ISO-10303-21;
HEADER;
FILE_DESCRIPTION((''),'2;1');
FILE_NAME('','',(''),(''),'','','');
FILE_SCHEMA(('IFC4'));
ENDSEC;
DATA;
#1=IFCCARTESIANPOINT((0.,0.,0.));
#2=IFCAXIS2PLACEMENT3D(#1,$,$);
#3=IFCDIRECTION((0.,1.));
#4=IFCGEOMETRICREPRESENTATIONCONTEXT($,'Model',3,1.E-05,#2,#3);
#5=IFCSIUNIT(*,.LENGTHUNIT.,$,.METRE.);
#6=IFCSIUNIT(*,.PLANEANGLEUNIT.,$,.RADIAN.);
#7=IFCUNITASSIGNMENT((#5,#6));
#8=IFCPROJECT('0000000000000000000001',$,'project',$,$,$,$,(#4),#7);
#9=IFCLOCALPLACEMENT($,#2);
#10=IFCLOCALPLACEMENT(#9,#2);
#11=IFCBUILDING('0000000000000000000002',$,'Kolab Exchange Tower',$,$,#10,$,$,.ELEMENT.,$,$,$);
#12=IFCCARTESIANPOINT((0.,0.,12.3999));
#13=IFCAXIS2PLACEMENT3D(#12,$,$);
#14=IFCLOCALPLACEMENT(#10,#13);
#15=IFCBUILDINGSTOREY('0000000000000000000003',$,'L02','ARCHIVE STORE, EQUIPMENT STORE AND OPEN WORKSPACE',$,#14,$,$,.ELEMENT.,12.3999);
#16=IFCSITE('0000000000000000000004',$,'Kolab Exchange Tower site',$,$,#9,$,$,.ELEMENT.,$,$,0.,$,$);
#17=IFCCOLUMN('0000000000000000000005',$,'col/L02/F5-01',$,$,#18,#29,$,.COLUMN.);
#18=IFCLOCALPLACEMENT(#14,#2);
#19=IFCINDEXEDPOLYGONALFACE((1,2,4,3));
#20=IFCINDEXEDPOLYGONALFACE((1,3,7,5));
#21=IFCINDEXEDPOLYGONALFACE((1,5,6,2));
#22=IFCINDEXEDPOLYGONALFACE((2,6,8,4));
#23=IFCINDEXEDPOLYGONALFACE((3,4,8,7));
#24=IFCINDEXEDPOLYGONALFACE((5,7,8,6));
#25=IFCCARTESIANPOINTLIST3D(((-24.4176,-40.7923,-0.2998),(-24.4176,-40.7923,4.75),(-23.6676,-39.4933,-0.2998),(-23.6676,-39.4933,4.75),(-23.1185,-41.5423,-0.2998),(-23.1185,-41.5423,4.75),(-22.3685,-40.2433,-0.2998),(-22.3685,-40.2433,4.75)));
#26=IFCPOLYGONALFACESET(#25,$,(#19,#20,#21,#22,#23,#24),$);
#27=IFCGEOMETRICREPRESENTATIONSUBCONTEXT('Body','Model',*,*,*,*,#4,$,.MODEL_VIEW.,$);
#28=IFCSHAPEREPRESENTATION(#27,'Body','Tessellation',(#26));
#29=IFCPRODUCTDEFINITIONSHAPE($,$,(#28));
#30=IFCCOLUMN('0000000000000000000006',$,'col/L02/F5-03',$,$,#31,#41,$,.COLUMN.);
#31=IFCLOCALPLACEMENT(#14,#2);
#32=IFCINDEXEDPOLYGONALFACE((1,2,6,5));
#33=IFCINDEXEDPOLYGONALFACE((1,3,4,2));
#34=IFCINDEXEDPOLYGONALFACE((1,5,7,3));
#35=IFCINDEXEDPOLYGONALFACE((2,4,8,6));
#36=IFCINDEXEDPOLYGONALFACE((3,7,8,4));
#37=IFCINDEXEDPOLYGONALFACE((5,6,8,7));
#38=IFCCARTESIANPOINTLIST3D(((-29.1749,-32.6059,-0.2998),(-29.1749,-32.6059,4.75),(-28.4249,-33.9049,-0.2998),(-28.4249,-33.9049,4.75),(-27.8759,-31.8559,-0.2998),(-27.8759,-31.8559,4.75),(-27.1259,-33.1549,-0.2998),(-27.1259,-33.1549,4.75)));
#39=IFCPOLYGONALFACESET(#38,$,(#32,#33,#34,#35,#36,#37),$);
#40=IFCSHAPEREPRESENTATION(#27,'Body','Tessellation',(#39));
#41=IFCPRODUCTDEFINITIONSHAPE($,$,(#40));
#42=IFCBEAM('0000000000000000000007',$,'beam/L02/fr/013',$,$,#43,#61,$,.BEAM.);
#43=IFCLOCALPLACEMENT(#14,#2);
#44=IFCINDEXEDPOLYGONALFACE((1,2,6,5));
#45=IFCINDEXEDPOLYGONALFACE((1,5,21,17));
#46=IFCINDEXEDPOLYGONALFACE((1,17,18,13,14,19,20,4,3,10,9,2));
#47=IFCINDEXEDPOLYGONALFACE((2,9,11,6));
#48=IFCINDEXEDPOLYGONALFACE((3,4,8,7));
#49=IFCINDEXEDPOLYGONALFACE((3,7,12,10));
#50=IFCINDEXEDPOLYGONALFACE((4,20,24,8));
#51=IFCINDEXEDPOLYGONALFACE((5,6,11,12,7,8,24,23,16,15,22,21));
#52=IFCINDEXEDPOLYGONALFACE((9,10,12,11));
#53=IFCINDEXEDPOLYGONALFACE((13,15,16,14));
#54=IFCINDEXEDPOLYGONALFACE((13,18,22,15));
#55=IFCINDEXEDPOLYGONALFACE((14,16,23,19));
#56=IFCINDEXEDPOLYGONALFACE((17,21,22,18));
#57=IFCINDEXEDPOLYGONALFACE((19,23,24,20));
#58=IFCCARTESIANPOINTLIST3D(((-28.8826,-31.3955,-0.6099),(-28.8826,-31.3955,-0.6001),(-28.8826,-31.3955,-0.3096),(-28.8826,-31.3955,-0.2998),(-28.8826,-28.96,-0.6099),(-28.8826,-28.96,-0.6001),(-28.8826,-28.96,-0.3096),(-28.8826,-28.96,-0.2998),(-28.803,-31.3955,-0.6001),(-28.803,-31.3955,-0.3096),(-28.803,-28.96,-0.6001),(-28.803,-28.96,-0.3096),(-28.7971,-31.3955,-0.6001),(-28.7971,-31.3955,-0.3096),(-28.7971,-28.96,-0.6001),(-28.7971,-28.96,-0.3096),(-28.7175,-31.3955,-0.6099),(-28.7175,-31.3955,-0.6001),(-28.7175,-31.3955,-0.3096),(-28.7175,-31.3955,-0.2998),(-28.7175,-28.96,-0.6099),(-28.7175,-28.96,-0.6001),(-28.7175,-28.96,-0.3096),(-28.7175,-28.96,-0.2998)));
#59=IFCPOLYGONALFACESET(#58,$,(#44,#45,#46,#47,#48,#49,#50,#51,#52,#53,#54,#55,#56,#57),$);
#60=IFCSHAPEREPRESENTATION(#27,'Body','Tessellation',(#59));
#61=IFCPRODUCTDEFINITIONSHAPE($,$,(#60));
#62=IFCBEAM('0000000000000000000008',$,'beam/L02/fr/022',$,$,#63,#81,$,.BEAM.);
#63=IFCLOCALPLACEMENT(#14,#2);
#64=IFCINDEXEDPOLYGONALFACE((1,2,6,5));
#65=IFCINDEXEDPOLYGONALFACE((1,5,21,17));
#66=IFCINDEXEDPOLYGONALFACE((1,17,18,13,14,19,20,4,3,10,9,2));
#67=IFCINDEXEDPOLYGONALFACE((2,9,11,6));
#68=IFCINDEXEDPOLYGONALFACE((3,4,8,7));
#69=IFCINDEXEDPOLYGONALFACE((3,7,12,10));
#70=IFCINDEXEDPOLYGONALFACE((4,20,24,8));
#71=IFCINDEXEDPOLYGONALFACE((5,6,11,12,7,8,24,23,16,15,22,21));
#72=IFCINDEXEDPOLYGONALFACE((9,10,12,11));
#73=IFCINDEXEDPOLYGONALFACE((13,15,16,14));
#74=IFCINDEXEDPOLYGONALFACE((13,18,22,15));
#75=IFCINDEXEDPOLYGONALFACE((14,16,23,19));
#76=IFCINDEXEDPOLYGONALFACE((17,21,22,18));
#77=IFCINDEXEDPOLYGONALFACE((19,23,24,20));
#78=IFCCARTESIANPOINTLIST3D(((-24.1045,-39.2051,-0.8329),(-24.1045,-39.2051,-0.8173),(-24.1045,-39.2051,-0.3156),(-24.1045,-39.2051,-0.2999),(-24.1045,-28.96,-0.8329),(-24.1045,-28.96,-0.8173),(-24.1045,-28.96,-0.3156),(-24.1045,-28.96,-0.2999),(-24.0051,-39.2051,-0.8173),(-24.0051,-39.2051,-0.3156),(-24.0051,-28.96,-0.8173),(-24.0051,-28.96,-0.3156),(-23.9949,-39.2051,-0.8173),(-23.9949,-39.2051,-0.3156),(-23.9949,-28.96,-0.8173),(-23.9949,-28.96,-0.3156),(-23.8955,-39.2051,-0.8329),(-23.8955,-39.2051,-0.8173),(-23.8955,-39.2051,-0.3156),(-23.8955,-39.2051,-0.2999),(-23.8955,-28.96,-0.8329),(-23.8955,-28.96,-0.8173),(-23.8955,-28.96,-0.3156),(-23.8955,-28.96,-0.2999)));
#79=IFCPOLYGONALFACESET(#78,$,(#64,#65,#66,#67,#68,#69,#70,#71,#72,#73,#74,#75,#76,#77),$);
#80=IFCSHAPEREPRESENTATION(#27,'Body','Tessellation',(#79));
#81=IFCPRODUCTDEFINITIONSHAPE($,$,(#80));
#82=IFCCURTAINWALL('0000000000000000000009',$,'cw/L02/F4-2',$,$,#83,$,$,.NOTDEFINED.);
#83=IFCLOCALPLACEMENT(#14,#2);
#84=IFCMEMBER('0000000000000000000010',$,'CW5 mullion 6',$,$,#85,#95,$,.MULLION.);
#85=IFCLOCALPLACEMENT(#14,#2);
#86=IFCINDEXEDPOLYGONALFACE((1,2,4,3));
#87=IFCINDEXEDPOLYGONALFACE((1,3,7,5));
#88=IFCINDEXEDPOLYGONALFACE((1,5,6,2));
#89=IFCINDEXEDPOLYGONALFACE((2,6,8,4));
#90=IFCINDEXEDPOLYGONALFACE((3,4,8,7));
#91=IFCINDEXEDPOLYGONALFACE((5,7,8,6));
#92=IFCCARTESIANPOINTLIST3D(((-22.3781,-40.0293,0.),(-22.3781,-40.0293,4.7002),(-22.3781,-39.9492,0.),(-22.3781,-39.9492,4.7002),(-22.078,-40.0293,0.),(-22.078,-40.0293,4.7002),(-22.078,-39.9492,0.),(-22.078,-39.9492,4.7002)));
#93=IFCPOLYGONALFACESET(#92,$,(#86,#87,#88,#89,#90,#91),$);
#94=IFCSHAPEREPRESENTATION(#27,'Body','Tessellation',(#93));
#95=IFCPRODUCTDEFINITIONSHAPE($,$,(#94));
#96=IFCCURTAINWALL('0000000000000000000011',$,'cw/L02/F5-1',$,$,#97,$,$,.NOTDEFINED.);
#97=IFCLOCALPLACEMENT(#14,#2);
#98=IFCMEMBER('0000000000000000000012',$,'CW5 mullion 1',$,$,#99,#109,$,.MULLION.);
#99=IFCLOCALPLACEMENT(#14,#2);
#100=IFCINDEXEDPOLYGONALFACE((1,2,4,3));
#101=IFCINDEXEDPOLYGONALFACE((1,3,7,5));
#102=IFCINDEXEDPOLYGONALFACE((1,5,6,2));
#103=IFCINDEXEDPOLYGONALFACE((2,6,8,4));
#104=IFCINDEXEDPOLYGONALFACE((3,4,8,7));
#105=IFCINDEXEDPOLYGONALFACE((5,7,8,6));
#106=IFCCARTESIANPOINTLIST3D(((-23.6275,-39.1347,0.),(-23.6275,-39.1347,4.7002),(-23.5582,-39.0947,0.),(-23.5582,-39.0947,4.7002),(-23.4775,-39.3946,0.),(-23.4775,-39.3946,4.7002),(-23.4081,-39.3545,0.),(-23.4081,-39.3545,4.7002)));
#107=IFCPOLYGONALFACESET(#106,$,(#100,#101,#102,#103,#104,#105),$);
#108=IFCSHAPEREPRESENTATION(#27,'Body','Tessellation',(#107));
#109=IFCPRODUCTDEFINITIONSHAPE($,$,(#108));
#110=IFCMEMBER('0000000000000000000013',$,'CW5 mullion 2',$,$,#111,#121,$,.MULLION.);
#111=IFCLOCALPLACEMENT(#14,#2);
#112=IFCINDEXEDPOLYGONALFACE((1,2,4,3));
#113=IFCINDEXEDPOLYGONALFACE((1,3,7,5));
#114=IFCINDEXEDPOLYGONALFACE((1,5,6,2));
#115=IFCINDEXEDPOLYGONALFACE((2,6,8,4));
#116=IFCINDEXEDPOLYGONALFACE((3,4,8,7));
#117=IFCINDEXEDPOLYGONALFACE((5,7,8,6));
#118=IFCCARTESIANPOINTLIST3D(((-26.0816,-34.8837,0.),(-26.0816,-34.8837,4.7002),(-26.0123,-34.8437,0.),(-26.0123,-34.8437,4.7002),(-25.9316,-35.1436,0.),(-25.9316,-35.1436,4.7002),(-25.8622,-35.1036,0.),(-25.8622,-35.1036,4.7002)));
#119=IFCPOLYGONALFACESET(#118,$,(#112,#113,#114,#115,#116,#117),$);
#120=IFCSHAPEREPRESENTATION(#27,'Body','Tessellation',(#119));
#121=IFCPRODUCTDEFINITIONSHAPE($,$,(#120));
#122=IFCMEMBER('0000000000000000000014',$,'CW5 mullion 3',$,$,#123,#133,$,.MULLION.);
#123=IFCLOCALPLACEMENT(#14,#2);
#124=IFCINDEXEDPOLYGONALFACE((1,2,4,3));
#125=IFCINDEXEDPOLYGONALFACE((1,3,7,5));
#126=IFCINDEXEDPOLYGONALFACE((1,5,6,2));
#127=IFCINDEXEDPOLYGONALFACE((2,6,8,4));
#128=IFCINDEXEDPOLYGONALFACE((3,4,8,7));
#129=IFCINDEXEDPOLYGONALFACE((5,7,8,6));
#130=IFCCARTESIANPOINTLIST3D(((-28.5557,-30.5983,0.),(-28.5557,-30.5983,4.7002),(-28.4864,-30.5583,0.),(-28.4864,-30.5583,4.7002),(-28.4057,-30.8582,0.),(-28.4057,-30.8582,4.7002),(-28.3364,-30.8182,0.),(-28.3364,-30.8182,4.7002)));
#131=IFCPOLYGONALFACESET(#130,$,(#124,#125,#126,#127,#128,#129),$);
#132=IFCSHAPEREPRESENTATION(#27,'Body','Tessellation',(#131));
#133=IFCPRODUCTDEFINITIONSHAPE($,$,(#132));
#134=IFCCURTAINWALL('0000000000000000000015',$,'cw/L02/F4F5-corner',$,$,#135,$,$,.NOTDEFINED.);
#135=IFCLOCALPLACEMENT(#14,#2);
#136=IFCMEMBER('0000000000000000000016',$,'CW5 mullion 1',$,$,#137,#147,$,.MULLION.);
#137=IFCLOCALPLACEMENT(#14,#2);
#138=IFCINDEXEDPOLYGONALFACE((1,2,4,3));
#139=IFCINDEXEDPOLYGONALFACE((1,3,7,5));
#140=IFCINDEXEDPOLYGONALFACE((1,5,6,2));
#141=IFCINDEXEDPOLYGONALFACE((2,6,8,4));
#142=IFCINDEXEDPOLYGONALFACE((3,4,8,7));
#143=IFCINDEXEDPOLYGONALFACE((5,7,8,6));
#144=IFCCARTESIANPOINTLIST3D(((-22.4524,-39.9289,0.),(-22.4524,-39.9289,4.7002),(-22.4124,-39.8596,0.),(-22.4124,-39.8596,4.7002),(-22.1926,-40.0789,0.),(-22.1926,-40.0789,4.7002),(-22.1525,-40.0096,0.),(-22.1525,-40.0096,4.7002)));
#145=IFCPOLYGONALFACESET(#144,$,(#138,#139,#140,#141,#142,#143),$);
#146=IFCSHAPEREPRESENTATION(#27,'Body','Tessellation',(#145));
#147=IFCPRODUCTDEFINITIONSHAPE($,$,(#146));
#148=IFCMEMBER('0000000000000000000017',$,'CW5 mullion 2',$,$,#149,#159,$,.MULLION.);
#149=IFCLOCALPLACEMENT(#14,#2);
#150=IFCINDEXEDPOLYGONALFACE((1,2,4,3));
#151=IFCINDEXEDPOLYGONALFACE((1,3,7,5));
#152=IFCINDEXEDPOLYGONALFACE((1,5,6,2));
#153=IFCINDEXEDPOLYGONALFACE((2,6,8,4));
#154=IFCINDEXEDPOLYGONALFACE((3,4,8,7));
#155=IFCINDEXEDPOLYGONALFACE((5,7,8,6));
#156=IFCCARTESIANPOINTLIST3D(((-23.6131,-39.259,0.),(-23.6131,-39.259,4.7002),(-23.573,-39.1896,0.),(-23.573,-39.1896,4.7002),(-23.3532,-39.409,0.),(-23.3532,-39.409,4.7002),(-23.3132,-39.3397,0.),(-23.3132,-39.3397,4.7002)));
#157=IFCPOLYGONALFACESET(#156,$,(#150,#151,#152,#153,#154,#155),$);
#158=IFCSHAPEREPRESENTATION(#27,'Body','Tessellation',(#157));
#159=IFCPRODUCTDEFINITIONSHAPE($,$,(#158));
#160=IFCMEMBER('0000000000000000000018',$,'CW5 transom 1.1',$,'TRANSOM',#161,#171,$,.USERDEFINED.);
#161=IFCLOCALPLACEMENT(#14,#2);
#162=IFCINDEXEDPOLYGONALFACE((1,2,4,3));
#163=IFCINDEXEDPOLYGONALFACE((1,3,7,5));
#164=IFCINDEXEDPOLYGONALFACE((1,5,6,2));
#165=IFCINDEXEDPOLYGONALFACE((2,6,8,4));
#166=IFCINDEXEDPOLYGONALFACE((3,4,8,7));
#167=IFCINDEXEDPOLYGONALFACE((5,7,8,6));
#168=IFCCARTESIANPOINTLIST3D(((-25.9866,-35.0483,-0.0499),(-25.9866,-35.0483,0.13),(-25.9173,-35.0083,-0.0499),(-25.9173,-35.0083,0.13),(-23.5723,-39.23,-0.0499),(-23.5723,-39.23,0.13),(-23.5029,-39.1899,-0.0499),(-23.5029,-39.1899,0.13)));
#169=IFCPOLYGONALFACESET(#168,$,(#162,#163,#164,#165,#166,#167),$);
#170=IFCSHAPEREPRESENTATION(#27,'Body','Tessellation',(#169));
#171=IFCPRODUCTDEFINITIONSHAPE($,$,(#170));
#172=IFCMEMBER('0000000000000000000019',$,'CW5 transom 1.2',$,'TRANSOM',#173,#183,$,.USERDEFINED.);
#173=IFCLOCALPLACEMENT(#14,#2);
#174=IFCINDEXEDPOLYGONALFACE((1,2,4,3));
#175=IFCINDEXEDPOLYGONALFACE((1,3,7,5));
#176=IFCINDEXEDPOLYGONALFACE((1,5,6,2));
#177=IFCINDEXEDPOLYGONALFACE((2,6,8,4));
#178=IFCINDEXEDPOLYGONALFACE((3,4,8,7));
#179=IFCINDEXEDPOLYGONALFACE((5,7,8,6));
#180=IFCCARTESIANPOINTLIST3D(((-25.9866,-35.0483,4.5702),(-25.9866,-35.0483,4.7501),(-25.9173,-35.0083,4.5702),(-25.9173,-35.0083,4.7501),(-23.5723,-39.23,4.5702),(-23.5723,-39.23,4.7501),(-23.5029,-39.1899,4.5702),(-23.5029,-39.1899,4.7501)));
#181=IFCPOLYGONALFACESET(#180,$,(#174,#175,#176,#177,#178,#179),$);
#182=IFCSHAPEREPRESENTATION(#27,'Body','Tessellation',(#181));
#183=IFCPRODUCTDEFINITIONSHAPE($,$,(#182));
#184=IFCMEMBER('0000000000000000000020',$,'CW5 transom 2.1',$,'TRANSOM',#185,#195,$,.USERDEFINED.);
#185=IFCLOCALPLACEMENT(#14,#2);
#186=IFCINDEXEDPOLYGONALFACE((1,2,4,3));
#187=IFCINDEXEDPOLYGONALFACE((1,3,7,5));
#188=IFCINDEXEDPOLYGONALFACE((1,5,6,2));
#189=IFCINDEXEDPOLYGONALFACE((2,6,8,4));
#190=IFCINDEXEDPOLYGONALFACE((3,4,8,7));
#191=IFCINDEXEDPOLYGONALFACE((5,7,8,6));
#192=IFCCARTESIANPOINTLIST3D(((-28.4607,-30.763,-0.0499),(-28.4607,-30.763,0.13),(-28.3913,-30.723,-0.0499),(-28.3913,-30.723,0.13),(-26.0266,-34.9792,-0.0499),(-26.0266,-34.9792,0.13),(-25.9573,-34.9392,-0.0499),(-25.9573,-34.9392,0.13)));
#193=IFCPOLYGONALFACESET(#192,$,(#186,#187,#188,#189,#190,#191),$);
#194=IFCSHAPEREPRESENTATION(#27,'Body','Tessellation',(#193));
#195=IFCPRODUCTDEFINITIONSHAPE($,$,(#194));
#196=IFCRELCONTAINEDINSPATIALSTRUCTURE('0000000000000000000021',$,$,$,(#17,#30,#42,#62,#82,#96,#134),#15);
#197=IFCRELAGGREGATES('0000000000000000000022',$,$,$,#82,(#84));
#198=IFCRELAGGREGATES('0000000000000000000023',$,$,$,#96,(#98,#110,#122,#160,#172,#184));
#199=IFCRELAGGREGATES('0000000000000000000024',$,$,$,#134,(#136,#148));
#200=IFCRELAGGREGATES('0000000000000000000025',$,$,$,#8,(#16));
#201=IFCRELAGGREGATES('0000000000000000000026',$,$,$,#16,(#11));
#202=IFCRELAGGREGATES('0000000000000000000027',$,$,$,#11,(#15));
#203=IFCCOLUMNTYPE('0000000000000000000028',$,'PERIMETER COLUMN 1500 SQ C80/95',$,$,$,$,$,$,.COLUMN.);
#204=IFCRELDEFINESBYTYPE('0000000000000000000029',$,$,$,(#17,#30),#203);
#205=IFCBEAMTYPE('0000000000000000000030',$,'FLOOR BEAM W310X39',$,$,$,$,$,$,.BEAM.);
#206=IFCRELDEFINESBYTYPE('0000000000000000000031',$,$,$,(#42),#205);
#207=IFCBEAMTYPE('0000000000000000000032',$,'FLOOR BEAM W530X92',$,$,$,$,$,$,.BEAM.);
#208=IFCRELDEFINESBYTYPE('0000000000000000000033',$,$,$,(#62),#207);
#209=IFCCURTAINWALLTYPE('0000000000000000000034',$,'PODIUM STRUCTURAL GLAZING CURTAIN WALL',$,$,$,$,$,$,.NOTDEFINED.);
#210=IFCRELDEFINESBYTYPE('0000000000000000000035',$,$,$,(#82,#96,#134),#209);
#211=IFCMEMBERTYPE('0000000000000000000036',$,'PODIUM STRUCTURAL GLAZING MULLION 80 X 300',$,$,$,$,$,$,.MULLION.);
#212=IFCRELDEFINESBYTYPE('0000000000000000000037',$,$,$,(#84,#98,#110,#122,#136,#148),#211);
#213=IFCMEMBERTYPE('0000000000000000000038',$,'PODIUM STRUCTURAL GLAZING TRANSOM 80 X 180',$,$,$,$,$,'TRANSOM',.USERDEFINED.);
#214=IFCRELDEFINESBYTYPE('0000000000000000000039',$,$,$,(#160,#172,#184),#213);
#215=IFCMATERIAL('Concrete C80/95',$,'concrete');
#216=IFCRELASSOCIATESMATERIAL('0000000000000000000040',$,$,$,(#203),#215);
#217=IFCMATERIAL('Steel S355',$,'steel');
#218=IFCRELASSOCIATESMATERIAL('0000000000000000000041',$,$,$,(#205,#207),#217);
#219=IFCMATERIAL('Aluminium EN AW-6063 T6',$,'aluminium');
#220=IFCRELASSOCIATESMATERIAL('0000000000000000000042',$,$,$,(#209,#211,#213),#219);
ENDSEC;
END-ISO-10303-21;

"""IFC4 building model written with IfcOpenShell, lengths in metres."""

from ifc_helpers import new_model, si_unit, direction, frame, origin, origin_2d, place, context, subcontext, project, spatial, rectangle, i_section, extrude, material, material_profile, profile_set, type_object, element, aggregate, save


model = new_model("IFC4")

# Units and contexts
model_context = context("Model", 3, precision=1e-05, world=origin(), true_north=direction((0.0, 1.0)))
body_context = subcontext(model_context, "Body", "Model", "MODEL_VIEW")
ifc_project = project(units=[si_unit("LENGTHUNIT", "METRE"), si_unit("PLANEANGLEUNIT", "RADIAN")], contexts=[model_context])

# Site, building, storey
site_placement = place(None, origin())
site = spatial("IfcSite", under=ifc_project, at=site_placement, Name="Kolab Exchange Tower site", CompositionType="ELEMENT", RefElevation=0.0)
building_placement = place(site_placement, origin())
building = spatial("IfcBuilding", under=site, at=building_placement, Name="Kolab Exchange Tower", CompositionType="ELEMENT")
storey_placement = place(building_placement, frame((0.0, 0.0, 12.3999)))
storey = spatial("IfcBuildingStorey", under=building, at=storey_placement, Name="L02", Description="ARCHIVE STORE, EQUIPMENT STORE AND OPEN WORKSPACE", CompositionType="ELEMENT", Elevation=12.3999)

# Columns
ifc_material_1 = material(Name="Concrete C80/95", Category="concrete")
ifc_material_profile_1 = material_profile(ifc_material_1, rectangle(XDim=1.5, YDim=1.5, at=origin_2d()), Name="RC1500")
ifc_profile_set_1 = profile_set([ifc_material_profile_1], Name="Concrete C80/95")
column_type = type_object("IfcColumnType", Name="PERIMETER COLUMN 1500 SQ C80/95", PredefinedType="COLUMN", material=ifc_profile_set_1)
for number, where, z_axis, x_axis, name in (
    (1, (-23.3931, -40.5178, -0.2998), (0.0, 0.0, 1.0), (0.5, 0.866025, 0.0), "col/L02/F5-01"),
    (2, (-28.1504, -32.8804, -0.2998), (0.0, 0.0, 1.0), (0.866025, 0.5, 0.0), "col/L02/F5-03"),
):
    element("IfcColumn", number, at=place(storey_placement, frame(where, z_axis=z_axis, x_axis=x_axis)), inside=storey, type_object=column_type, Name=name, PredefinedType="COLUMN", context=body_context, shape_type="SweptSolid", body=[
        extrude(rectangle(XDim=1.5, YDim=1.5, at=origin_2d()), origin(), (0.0, 0.0, 1.0), 5.0498),
    ])

# Beams
ifc_material_2 = material(Name="Steel S355", Category="steel")
ifc_material_profile_2 = material_profile(ifc_material_2, i_section(OverallWidth=0.165, OverallDepth=0.3101, WebThickness=0.0059, FlangeThickness=0.0098, at=origin_2d()), Name="W310X39")
ifc_profile_set_2 = profile_set([ifc_material_profile_2], Name="Steel S355")
beam_type_1 = type_object("IfcBeamType", Name="FLOOR BEAM W310X39", PredefinedType="BEAM", material=ifc_profile_set_2)
beam_1_placement = place(storey_placement, frame((-28.8, -31.3955, -0.4548), z_axis=(0.0, 1.0, 0.0), x_axis=(-1.0, 0.0, 0.0)))
element("IfcBeam", 3, at=beam_1_placement, inside=storey, type_object=beam_type_1, Name="beam/L02/fr/013", PredefinedType="BEAM", context=body_context, shape_type="SweptSolid", body=[
    extrude(i_section(OverallWidth=0.165, OverallDepth=0.3101, WebThickness=0.0059, FlangeThickness=0.0098, at=origin_2d()), origin(), (0.0, 0.0, 1.0), 2.4355),
])
ifc_material_profile_3 = material_profile(ifc_material_2, i_section(OverallWidth=0.209, OverallDepth=0.533, WebThickness=0.0103, FlangeThickness=0.0156, at=origin_2d()), Name="W530X92")
ifc_profile_set_3 = profile_set([ifc_material_profile_3], Name="Steel S355")
beam_type_2 = type_object("IfcBeamType", Name="FLOOR BEAM W530X92", PredefinedType="BEAM", material=ifc_profile_set_3)
beam_2_placement = place(storey_placement, frame((-24.0, -39.2051, -0.5664), z_axis=(0.0, 1.0, 0.0), x_axis=(-1.0, 0.0, 0.0)))
element("IfcBeam", 4, at=beam_2_placement, inside=storey, type_object=beam_type_2, Name="beam/L02/fr/022", PredefinedType="BEAM", context=body_context, shape_type="SweptSolid", body=[
    extrude(i_section(OverallWidth=0.209, OverallDepth=0.533, WebThickness=0.0103, FlangeThickness=0.0156, at=origin_2d()), origin(), (0.0, 0.0, 1.0), 10.2451),
])

# Curtain wall, member
ifc_material_3 = material(Name="Aluminium EN AW-6063 T6", Category="aluminium")
curtain_wall_type = type_object("IfcCurtainWallType", Name="PODIUM STRUCTURAL GLAZING CURTAIN WALL", PredefinedType="NOTDEFINED", material=ifc_material_3)
curtain_wall_1_placement = place(storey_placement, origin())
curtain_wall_1 = element("IfcCurtainWall", 5, at=curtain_wall_1_placement, inside=storey, type_object=curtain_wall_type, Name="cw/L02/F4-2", PredefinedType="NOTDEFINED")
ifc_material_profile_4 = material_profile(ifc_material_3, rectangle(XDim=0.0801, YDim=0.3, at=origin_2d()), Name="RECT 80X300")
ifc_profile_set_4 = profile_set([ifc_material_profile_4], Name="Aluminium EN AW-6063 T6")
member_type_1 = type_object("IfcMemberType", Name="PODIUM STRUCTURAL GLAZING MULLION 80 X 300", PredefinedType="MULLION", material=ifc_profile_set_4)
member_1_placement = place(storey_placement, frame((-22.228, -39.9893, 0.0), z_axis=(0.0, 0.0, 1.0), x_axis=(0.0, -1.0, 0.0)))
member_1 = element("IfcMember", 6, at=member_1_placement, type_object=member_type_1, Name="CW5 mullion 6", PredefinedType="MULLION", context=body_context, shape_type="SweptSolid", body=[
    extrude(rectangle(XDim=0.0801, YDim=0.3, at=origin_2d()), origin(), (0.0, 0.0, 1.0), 4.7002),
])

# Curtain walls, members
curtain_wall_2_placement = place(storey_placement, origin())
curtain_wall_2 = element("IfcCurtainWall", 7, at=curtain_wall_2_placement, inside=storey, type_object=curtain_wall_type, Name="cw/L02/F5-1", PredefinedType="NOTDEFINED")
member_2_placement = place(storey_placement, frame((-23.5178, -39.2446, 0.0), z_axis=(0.0, 0.0, 1.0), x_axis=(-0.866025, -0.5, 0.0)))
member_2 = element("IfcMember", 8, at=member_2_placement, type_object=member_type_1, Name="CW5 mullion 1", PredefinedType="MULLION", context=body_context, shape_type="SweptSolid", body=[
    extrude(rectangle(XDim=0.0801, YDim=0.3, at=origin_2d()), origin(), (0.0, 0.0, 1.0), 4.7002),
])
member_3_placement = place(storey_placement, frame((-25.9719, -34.9937, 0.0), z_axis=(0.0, 0.0, 1.0), x_axis=(-0.866025, -0.5, 0.0)))
member_3 = element("IfcMember", 9, at=member_3_placement, type_object=member_type_1, Name="CW5 mullion 2", PredefinedType="MULLION", context=body_context, shape_type="SweptSolid", body=[
    extrude(rectangle(XDim=0.0801, YDim=0.3, at=origin_2d()), origin(), (0.0, 0.0, 1.0), 4.7002),
])
member_4_placement = place(storey_placement, frame((-28.446, -30.7083, 0.0), z_axis=(0.0, 0.0, 1.0), x_axis=(-0.866025, -0.5, 0.0)))
member_4 = element("IfcMember", 10, at=member_4_placement, type_object=member_type_1, Name="CW5 mullion 3", PredefinedType="MULLION", context=body_context, shape_type="SweptSolid", body=[
    extrude(rectangle(XDim=0.0801, YDim=0.3, at=origin_2d()), origin(), (0.0, 0.0, 1.0), 4.7002),
])
curtain_wall_3_placement = place(storey_placement, origin())
curtain_wall_3 = element("IfcCurtainWall", 11, at=curtain_wall_3_placement, inside=storey, type_object=curtain_wall_type, Name="cw/L02/F4F5-corner", PredefinedType="NOTDEFINED")
member_5_placement = place(storey_placement, frame((-22.3025, -39.9692, 0.0), z_axis=(0.0, 0.0, 1.0), x_axis=(-0.5, -0.866025, 0.0)))
member_5 = element("IfcMember", 12, at=member_5_placement, type_object=member_type_1, Name="CW5 mullion 1", PredefinedType="MULLION", context=body_context, shape_type="SweptSolid", body=[
    extrude(rectangle(XDim=0.0801, YDim=0.3, at=origin_2d()), origin(), (0.0, 0.0, 1.0), 4.7002),
])
member_6_placement = place(storey_placement, frame((-23.4631, -39.2993, 0.0), z_axis=(0.0, 0.0, 1.0), x_axis=(-0.5, -0.866025, 0.0)))
member_6 = element("IfcMember", 13, at=member_6_placement, type_object=member_type_1, Name="CW5 mullion 2", PredefinedType="MULLION", context=body_context, shape_type="SweptSolid", body=[
    extrude(rectangle(XDim=0.0801, YDim=0.3, at=origin_2d()), origin(), (0.0, 0.0, 1.0), 4.7002),
])

# Members
ifc_material_profile_5 = material_profile(ifc_material_3, rectangle(XDim=0.0801, YDim=0.1799, at=origin_2d()), Name="RECT 80X180")
ifc_profile_set_5 = profile_set([ifc_material_profile_5], Name="Aluminium EN AW-6063 T6")
member_type_2 = type_object("IfcMemberType", Name="PODIUM STRUCTURAL GLAZING TRANSOM 80 X 180", ElementType="TRANSOM", PredefinedType="USERDEFINED", material=ifc_profile_set_5)
member_7_placement = place(storey_placement, frame((-23.5376, -39.21, 0.04), z_axis=(-0.500005, 0.866022, 0.0), x_axis=(-0.866022, -0.500005, 0.0)))
member_7 = element("IfcMember", 14, at=member_7_placement, type_object=member_type_2, Name="CW5 transom 1.1", ObjectType="TRANSOM", PredefinedType="USERDEFINED", context=body_context, shape_type="SweptSolid", body=[
    extrude(rectangle(XDim=0.0801, YDim=0.1799, at=origin_2d()), origin(), (0.0, 0.0, 1.0), 4.8286),
])
member_8_placement = place(storey_placement, frame((-23.5376, -39.21, 4.6602), z_axis=(-0.500005, 0.866022, 0.0), x_axis=(-0.866022, -0.500005, 0.0)))
member_8 = element("IfcMember", 15, at=member_8_placement, type_object=member_type_2, Name="CW5 transom 1.2", ObjectType="TRANSOM", PredefinedType="USERDEFINED", context=body_context, shape_type="SweptSolid", body=[
    extrude(rectangle(XDim=0.0801, YDim=0.1799, at=origin_2d()), origin(), (0.0, 0.0, 1.0), 4.8286),
])
member_9_placement = place(storey_placement, frame((-25.9919, -34.9592, 0.04), z_axis=(-0.499968, 0.866044, 0.0), x_axis=(-0.866044, -0.499968, 0.0)))
member_9 = element("IfcMember", 16, at=member_9_placement, type_object=member_type_2, Name="CW5 transom 2.1", ObjectType="TRANSOM", PredefinedType="USERDEFINED", context=body_context, shape_type="SweptSolid", body=[
    extrude(rectangle(XDim=0.0801, YDim=0.1799, at=origin_2d()), origin(), (0.0, 0.0, 1.0), 4.8684),
])

aggregate(curtain_wall_1, [member_1])
aggregate(curtain_wall_2, [member_2, member_3, member_4, member_7, member_8, member_9])
aggregate(curtain_wall_3, [member_5, member_6])

save(model, "model.ifc")
